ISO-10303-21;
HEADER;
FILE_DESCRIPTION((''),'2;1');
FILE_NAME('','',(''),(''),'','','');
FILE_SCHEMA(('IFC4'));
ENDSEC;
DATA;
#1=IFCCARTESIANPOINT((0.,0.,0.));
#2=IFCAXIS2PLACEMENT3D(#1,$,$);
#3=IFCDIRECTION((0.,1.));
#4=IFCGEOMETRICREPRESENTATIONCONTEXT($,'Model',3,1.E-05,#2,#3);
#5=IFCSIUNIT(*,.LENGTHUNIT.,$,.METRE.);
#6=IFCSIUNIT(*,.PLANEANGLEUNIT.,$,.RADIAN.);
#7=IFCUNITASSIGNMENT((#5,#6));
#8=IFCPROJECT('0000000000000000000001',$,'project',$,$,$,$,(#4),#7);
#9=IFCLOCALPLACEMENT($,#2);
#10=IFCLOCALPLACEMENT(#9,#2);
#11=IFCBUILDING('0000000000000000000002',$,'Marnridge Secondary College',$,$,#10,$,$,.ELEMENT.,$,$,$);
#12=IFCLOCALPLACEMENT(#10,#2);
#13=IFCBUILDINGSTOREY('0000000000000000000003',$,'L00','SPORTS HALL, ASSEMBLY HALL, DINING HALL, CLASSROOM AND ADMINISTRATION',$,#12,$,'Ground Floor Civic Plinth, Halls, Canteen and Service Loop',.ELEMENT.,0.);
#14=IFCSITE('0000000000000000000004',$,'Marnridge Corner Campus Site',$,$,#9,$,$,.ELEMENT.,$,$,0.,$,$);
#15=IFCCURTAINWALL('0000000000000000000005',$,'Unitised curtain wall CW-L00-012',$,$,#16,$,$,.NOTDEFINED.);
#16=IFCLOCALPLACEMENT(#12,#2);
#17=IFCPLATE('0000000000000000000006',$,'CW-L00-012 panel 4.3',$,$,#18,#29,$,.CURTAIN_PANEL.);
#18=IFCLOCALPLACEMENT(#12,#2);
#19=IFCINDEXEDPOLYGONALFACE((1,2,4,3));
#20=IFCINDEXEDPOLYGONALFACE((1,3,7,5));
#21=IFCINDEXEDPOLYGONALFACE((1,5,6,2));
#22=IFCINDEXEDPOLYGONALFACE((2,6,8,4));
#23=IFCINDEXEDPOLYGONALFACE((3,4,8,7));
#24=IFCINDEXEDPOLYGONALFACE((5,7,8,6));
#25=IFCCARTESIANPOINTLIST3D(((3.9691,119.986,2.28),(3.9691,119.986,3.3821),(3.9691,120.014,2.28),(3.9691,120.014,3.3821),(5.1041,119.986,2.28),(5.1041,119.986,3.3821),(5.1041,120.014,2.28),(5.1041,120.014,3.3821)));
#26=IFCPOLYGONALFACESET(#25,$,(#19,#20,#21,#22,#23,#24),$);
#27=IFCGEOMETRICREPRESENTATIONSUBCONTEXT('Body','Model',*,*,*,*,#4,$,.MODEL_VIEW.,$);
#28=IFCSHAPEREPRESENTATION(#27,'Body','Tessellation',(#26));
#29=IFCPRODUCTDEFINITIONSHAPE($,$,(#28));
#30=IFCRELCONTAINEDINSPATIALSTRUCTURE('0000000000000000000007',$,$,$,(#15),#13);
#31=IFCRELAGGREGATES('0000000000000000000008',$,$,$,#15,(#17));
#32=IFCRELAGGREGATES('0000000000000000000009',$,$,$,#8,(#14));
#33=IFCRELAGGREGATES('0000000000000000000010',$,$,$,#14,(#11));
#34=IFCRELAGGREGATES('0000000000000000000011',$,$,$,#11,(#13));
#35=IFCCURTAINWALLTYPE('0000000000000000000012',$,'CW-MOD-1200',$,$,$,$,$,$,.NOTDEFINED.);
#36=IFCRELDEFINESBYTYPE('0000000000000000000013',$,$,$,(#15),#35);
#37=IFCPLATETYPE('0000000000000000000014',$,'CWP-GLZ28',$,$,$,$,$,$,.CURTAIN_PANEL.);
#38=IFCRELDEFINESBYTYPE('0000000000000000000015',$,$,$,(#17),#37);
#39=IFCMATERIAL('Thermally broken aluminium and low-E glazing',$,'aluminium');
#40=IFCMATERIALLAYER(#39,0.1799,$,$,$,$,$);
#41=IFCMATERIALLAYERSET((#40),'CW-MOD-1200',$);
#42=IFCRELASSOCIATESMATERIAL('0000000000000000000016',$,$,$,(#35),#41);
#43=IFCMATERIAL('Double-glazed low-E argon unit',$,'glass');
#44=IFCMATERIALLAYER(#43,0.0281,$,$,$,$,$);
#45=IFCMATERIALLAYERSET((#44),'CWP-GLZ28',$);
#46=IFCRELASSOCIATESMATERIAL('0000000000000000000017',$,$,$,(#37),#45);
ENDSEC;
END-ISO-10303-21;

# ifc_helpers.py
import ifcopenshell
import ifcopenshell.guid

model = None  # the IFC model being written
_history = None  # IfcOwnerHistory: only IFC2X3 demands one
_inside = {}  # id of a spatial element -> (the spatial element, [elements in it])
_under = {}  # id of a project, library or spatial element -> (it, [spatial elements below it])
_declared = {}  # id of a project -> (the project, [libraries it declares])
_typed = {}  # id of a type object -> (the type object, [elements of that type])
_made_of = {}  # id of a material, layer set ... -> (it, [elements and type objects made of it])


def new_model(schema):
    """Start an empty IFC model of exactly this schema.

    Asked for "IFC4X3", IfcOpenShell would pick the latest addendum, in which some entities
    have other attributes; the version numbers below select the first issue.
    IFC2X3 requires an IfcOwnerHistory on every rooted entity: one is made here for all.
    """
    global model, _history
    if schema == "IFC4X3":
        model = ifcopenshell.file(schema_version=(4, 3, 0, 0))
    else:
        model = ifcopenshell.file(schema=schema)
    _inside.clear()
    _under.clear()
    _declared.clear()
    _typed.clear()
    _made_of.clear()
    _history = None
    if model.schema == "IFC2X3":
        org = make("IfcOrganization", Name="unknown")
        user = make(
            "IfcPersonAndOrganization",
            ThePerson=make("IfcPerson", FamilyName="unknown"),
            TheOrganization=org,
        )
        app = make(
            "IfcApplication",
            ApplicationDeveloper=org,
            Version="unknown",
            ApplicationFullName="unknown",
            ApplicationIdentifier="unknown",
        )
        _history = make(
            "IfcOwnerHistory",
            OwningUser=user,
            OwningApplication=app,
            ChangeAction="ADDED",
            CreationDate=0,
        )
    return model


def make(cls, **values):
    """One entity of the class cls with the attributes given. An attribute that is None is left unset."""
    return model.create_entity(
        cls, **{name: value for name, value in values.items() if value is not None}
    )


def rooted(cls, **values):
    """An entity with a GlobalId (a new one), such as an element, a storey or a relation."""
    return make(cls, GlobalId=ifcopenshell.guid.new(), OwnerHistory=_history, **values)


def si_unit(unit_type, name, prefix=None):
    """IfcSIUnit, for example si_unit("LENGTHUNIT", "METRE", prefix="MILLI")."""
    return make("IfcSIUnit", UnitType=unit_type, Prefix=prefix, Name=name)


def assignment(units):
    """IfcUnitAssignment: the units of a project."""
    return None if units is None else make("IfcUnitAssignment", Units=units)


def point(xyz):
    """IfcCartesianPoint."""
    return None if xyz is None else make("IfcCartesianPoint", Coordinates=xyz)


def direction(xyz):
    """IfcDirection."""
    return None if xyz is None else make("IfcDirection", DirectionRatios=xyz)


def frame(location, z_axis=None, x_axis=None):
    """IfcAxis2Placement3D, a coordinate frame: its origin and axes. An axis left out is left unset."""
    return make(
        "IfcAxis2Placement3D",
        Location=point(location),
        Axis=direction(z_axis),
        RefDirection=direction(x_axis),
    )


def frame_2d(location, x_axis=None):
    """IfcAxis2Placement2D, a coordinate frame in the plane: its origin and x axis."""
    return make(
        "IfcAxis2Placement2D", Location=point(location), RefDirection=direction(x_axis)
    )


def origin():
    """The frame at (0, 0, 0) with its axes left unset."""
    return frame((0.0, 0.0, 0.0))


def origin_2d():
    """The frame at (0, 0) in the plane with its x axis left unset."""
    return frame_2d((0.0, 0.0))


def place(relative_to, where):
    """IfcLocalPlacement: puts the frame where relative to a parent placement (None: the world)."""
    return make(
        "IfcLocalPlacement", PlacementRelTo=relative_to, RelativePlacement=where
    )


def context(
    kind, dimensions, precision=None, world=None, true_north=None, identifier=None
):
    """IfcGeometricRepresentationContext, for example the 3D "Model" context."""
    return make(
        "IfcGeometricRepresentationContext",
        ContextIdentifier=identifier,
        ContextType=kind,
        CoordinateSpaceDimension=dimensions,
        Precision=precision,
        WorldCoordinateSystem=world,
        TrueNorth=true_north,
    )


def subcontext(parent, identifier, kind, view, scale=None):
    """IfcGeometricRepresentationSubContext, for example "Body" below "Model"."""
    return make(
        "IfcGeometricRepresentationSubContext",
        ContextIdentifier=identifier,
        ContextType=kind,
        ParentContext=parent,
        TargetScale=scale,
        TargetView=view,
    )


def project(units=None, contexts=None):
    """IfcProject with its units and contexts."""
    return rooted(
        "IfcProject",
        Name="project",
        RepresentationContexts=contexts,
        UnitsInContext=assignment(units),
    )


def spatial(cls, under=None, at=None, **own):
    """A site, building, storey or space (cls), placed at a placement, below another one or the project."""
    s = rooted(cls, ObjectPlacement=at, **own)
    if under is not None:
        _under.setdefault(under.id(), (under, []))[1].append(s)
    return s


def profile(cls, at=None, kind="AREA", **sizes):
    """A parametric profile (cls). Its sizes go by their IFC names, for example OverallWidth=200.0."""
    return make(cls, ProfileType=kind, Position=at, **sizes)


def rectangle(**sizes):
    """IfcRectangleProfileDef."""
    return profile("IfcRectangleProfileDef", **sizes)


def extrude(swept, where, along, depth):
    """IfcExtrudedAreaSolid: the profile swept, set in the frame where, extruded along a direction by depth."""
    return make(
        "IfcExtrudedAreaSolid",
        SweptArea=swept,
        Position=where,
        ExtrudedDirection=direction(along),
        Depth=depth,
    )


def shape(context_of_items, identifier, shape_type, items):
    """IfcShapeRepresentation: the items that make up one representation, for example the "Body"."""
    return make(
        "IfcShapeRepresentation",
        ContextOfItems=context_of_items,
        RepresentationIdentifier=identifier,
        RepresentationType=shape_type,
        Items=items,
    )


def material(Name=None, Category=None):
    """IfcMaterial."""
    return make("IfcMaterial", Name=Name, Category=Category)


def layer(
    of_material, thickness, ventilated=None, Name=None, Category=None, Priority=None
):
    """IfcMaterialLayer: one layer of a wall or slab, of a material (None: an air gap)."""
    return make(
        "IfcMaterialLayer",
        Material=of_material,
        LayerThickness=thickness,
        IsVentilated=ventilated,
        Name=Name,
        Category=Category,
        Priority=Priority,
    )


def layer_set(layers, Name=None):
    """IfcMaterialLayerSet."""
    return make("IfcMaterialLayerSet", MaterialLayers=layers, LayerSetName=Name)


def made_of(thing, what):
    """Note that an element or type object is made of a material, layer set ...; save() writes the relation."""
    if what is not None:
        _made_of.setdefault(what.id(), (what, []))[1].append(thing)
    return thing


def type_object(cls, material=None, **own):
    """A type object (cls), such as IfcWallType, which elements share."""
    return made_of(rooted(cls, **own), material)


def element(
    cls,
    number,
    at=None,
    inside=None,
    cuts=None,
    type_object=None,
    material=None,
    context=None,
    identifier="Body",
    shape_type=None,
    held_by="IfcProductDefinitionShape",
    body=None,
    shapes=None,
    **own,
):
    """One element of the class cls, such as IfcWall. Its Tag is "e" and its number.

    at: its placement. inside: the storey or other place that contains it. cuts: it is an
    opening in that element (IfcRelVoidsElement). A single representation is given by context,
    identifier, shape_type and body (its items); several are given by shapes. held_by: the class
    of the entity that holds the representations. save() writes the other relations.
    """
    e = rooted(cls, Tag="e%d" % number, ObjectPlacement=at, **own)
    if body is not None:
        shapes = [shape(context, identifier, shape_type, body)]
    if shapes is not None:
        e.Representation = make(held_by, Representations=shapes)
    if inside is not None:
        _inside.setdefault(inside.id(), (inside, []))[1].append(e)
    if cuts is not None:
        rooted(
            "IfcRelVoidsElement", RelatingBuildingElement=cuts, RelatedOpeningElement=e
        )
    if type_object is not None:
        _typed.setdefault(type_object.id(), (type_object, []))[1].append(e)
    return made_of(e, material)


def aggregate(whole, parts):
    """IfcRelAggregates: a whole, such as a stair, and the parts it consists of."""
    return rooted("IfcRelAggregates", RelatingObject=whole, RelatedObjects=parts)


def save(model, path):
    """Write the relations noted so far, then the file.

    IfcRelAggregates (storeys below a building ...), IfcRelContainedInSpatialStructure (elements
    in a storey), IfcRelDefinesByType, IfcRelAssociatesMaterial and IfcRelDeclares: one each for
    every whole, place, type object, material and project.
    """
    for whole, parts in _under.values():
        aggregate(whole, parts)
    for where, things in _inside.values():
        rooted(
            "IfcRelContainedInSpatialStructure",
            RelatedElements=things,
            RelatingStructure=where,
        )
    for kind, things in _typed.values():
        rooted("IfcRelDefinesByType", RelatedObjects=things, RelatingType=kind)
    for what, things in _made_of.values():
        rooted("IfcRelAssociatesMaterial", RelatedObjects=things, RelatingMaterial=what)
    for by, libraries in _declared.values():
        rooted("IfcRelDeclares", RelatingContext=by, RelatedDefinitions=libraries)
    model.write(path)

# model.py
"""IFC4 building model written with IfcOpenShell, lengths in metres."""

from ifc_helpers import new_model, si_unit, direction, frame, origin, origin_2d, place, context, subcontext, project, spatial, rectangle, extrude, material, layer, layer_set, type_object, element, aggregate, save


model = new_model("IFC4")

# Units and contexts
model_context = context("Model", 3, precision=1e-05, world=origin(), true_north=direction((0.0, 1.0)))
body_context = subcontext(model_context, "Body", "Model", "MODEL_VIEW")
ifc_project = project(units=[si_unit("LENGTHUNIT", "METRE"), si_unit("PLANEANGLEUNIT", "RADIAN")], contexts=[model_context])

# Site, building, storey
site_placement = place(None, origin())
site = spatial("IfcSite", under=ifc_project, at=site_placement, Name="Marnridge Corner Campus Site", CompositionType="ELEMENT", RefElevation=0.0)
building_placement = place(site_placement, origin())
building = spatial("IfcBuilding", under=site, at=building_placement, Name="Marnridge Secondary College", CompositionType="ELEMENT")
storey_placement = place(building_placement, origin())
storey = spatial("IfcBuildingStorey", under=building, at=storey_placement, Name="L00", Description="SPORTS HALL, ASSEMBLY HALL, DINING HALL, CLASSROOM AND ADMINISTRATION", LongName="Ground Floor Civic Plinth, Halls, Canteen and Service Loop", CompositionType="ELEMENT", Elevation=0.0)

# Curtain wall, plate
ifc_material_1 = material(Name="Thermally broken aluminium and low-E glazing", Category="aluminium")
ifc_layer_1 = layer(ifc_material_1, 0.1799)
ifc_layer_set_1 = layer_set([ifc_layer_1], Name="CW-MOD-1200")
curtain_wall_type = type_object("IfcCurtainWallType", Name="CW-MOD-1200", PredefinedType="NOTDEFINED", material=ifc_layer_set_1)
curtain_wall_placement = place(storey_placement, origin())
curtain_wall = element("IfcCurtainWall", 1, at=curtain_wall_placement, inside=storey, type_object=curtain_wall_type, Name="Unitised curtain wall CW-L00-012", PredefinedType="NOTDEFINED")
ifc_material_2 = material(Name="Double-glazed low-E argon unit", Category="glass")
ifc_layer_2 = layer(ifc_material_2, 0.0281)
ifc_layer_set_2 = layer_set([ifc_layer_2], Name="CWP-GLZ28")
plate_type = type_object("IfcPlateType", Name="CWP-GLZ28", PredefinedType="CURTAIN_PANEL", material=ifc_layer_set_2)
plate_1_placement = place(storey_placement, frame((4.5366, 120.0, 2.28), z_axis=(0.0, 0.0, 1.0), x_axis=(1.0, 0.0, 0.0)))
plate_1 = element("IfcPlate", 2, at=plate_1_placement, type_object=plate_type, Name="CW-L00-012 panel 4.3", PredefinedType="CURTAIN_PANEL", context=body_context, shape_type="SweptSolid", body=[
    extrude(rectangle(XDim=1.135, YDim=0.0281, at=origin_2d()), origin(), (0.0, 0.0, 1.0), 1.1021),
])
aggregate(curtain_wall, [plate_1])

save(model, "model.ifc")
